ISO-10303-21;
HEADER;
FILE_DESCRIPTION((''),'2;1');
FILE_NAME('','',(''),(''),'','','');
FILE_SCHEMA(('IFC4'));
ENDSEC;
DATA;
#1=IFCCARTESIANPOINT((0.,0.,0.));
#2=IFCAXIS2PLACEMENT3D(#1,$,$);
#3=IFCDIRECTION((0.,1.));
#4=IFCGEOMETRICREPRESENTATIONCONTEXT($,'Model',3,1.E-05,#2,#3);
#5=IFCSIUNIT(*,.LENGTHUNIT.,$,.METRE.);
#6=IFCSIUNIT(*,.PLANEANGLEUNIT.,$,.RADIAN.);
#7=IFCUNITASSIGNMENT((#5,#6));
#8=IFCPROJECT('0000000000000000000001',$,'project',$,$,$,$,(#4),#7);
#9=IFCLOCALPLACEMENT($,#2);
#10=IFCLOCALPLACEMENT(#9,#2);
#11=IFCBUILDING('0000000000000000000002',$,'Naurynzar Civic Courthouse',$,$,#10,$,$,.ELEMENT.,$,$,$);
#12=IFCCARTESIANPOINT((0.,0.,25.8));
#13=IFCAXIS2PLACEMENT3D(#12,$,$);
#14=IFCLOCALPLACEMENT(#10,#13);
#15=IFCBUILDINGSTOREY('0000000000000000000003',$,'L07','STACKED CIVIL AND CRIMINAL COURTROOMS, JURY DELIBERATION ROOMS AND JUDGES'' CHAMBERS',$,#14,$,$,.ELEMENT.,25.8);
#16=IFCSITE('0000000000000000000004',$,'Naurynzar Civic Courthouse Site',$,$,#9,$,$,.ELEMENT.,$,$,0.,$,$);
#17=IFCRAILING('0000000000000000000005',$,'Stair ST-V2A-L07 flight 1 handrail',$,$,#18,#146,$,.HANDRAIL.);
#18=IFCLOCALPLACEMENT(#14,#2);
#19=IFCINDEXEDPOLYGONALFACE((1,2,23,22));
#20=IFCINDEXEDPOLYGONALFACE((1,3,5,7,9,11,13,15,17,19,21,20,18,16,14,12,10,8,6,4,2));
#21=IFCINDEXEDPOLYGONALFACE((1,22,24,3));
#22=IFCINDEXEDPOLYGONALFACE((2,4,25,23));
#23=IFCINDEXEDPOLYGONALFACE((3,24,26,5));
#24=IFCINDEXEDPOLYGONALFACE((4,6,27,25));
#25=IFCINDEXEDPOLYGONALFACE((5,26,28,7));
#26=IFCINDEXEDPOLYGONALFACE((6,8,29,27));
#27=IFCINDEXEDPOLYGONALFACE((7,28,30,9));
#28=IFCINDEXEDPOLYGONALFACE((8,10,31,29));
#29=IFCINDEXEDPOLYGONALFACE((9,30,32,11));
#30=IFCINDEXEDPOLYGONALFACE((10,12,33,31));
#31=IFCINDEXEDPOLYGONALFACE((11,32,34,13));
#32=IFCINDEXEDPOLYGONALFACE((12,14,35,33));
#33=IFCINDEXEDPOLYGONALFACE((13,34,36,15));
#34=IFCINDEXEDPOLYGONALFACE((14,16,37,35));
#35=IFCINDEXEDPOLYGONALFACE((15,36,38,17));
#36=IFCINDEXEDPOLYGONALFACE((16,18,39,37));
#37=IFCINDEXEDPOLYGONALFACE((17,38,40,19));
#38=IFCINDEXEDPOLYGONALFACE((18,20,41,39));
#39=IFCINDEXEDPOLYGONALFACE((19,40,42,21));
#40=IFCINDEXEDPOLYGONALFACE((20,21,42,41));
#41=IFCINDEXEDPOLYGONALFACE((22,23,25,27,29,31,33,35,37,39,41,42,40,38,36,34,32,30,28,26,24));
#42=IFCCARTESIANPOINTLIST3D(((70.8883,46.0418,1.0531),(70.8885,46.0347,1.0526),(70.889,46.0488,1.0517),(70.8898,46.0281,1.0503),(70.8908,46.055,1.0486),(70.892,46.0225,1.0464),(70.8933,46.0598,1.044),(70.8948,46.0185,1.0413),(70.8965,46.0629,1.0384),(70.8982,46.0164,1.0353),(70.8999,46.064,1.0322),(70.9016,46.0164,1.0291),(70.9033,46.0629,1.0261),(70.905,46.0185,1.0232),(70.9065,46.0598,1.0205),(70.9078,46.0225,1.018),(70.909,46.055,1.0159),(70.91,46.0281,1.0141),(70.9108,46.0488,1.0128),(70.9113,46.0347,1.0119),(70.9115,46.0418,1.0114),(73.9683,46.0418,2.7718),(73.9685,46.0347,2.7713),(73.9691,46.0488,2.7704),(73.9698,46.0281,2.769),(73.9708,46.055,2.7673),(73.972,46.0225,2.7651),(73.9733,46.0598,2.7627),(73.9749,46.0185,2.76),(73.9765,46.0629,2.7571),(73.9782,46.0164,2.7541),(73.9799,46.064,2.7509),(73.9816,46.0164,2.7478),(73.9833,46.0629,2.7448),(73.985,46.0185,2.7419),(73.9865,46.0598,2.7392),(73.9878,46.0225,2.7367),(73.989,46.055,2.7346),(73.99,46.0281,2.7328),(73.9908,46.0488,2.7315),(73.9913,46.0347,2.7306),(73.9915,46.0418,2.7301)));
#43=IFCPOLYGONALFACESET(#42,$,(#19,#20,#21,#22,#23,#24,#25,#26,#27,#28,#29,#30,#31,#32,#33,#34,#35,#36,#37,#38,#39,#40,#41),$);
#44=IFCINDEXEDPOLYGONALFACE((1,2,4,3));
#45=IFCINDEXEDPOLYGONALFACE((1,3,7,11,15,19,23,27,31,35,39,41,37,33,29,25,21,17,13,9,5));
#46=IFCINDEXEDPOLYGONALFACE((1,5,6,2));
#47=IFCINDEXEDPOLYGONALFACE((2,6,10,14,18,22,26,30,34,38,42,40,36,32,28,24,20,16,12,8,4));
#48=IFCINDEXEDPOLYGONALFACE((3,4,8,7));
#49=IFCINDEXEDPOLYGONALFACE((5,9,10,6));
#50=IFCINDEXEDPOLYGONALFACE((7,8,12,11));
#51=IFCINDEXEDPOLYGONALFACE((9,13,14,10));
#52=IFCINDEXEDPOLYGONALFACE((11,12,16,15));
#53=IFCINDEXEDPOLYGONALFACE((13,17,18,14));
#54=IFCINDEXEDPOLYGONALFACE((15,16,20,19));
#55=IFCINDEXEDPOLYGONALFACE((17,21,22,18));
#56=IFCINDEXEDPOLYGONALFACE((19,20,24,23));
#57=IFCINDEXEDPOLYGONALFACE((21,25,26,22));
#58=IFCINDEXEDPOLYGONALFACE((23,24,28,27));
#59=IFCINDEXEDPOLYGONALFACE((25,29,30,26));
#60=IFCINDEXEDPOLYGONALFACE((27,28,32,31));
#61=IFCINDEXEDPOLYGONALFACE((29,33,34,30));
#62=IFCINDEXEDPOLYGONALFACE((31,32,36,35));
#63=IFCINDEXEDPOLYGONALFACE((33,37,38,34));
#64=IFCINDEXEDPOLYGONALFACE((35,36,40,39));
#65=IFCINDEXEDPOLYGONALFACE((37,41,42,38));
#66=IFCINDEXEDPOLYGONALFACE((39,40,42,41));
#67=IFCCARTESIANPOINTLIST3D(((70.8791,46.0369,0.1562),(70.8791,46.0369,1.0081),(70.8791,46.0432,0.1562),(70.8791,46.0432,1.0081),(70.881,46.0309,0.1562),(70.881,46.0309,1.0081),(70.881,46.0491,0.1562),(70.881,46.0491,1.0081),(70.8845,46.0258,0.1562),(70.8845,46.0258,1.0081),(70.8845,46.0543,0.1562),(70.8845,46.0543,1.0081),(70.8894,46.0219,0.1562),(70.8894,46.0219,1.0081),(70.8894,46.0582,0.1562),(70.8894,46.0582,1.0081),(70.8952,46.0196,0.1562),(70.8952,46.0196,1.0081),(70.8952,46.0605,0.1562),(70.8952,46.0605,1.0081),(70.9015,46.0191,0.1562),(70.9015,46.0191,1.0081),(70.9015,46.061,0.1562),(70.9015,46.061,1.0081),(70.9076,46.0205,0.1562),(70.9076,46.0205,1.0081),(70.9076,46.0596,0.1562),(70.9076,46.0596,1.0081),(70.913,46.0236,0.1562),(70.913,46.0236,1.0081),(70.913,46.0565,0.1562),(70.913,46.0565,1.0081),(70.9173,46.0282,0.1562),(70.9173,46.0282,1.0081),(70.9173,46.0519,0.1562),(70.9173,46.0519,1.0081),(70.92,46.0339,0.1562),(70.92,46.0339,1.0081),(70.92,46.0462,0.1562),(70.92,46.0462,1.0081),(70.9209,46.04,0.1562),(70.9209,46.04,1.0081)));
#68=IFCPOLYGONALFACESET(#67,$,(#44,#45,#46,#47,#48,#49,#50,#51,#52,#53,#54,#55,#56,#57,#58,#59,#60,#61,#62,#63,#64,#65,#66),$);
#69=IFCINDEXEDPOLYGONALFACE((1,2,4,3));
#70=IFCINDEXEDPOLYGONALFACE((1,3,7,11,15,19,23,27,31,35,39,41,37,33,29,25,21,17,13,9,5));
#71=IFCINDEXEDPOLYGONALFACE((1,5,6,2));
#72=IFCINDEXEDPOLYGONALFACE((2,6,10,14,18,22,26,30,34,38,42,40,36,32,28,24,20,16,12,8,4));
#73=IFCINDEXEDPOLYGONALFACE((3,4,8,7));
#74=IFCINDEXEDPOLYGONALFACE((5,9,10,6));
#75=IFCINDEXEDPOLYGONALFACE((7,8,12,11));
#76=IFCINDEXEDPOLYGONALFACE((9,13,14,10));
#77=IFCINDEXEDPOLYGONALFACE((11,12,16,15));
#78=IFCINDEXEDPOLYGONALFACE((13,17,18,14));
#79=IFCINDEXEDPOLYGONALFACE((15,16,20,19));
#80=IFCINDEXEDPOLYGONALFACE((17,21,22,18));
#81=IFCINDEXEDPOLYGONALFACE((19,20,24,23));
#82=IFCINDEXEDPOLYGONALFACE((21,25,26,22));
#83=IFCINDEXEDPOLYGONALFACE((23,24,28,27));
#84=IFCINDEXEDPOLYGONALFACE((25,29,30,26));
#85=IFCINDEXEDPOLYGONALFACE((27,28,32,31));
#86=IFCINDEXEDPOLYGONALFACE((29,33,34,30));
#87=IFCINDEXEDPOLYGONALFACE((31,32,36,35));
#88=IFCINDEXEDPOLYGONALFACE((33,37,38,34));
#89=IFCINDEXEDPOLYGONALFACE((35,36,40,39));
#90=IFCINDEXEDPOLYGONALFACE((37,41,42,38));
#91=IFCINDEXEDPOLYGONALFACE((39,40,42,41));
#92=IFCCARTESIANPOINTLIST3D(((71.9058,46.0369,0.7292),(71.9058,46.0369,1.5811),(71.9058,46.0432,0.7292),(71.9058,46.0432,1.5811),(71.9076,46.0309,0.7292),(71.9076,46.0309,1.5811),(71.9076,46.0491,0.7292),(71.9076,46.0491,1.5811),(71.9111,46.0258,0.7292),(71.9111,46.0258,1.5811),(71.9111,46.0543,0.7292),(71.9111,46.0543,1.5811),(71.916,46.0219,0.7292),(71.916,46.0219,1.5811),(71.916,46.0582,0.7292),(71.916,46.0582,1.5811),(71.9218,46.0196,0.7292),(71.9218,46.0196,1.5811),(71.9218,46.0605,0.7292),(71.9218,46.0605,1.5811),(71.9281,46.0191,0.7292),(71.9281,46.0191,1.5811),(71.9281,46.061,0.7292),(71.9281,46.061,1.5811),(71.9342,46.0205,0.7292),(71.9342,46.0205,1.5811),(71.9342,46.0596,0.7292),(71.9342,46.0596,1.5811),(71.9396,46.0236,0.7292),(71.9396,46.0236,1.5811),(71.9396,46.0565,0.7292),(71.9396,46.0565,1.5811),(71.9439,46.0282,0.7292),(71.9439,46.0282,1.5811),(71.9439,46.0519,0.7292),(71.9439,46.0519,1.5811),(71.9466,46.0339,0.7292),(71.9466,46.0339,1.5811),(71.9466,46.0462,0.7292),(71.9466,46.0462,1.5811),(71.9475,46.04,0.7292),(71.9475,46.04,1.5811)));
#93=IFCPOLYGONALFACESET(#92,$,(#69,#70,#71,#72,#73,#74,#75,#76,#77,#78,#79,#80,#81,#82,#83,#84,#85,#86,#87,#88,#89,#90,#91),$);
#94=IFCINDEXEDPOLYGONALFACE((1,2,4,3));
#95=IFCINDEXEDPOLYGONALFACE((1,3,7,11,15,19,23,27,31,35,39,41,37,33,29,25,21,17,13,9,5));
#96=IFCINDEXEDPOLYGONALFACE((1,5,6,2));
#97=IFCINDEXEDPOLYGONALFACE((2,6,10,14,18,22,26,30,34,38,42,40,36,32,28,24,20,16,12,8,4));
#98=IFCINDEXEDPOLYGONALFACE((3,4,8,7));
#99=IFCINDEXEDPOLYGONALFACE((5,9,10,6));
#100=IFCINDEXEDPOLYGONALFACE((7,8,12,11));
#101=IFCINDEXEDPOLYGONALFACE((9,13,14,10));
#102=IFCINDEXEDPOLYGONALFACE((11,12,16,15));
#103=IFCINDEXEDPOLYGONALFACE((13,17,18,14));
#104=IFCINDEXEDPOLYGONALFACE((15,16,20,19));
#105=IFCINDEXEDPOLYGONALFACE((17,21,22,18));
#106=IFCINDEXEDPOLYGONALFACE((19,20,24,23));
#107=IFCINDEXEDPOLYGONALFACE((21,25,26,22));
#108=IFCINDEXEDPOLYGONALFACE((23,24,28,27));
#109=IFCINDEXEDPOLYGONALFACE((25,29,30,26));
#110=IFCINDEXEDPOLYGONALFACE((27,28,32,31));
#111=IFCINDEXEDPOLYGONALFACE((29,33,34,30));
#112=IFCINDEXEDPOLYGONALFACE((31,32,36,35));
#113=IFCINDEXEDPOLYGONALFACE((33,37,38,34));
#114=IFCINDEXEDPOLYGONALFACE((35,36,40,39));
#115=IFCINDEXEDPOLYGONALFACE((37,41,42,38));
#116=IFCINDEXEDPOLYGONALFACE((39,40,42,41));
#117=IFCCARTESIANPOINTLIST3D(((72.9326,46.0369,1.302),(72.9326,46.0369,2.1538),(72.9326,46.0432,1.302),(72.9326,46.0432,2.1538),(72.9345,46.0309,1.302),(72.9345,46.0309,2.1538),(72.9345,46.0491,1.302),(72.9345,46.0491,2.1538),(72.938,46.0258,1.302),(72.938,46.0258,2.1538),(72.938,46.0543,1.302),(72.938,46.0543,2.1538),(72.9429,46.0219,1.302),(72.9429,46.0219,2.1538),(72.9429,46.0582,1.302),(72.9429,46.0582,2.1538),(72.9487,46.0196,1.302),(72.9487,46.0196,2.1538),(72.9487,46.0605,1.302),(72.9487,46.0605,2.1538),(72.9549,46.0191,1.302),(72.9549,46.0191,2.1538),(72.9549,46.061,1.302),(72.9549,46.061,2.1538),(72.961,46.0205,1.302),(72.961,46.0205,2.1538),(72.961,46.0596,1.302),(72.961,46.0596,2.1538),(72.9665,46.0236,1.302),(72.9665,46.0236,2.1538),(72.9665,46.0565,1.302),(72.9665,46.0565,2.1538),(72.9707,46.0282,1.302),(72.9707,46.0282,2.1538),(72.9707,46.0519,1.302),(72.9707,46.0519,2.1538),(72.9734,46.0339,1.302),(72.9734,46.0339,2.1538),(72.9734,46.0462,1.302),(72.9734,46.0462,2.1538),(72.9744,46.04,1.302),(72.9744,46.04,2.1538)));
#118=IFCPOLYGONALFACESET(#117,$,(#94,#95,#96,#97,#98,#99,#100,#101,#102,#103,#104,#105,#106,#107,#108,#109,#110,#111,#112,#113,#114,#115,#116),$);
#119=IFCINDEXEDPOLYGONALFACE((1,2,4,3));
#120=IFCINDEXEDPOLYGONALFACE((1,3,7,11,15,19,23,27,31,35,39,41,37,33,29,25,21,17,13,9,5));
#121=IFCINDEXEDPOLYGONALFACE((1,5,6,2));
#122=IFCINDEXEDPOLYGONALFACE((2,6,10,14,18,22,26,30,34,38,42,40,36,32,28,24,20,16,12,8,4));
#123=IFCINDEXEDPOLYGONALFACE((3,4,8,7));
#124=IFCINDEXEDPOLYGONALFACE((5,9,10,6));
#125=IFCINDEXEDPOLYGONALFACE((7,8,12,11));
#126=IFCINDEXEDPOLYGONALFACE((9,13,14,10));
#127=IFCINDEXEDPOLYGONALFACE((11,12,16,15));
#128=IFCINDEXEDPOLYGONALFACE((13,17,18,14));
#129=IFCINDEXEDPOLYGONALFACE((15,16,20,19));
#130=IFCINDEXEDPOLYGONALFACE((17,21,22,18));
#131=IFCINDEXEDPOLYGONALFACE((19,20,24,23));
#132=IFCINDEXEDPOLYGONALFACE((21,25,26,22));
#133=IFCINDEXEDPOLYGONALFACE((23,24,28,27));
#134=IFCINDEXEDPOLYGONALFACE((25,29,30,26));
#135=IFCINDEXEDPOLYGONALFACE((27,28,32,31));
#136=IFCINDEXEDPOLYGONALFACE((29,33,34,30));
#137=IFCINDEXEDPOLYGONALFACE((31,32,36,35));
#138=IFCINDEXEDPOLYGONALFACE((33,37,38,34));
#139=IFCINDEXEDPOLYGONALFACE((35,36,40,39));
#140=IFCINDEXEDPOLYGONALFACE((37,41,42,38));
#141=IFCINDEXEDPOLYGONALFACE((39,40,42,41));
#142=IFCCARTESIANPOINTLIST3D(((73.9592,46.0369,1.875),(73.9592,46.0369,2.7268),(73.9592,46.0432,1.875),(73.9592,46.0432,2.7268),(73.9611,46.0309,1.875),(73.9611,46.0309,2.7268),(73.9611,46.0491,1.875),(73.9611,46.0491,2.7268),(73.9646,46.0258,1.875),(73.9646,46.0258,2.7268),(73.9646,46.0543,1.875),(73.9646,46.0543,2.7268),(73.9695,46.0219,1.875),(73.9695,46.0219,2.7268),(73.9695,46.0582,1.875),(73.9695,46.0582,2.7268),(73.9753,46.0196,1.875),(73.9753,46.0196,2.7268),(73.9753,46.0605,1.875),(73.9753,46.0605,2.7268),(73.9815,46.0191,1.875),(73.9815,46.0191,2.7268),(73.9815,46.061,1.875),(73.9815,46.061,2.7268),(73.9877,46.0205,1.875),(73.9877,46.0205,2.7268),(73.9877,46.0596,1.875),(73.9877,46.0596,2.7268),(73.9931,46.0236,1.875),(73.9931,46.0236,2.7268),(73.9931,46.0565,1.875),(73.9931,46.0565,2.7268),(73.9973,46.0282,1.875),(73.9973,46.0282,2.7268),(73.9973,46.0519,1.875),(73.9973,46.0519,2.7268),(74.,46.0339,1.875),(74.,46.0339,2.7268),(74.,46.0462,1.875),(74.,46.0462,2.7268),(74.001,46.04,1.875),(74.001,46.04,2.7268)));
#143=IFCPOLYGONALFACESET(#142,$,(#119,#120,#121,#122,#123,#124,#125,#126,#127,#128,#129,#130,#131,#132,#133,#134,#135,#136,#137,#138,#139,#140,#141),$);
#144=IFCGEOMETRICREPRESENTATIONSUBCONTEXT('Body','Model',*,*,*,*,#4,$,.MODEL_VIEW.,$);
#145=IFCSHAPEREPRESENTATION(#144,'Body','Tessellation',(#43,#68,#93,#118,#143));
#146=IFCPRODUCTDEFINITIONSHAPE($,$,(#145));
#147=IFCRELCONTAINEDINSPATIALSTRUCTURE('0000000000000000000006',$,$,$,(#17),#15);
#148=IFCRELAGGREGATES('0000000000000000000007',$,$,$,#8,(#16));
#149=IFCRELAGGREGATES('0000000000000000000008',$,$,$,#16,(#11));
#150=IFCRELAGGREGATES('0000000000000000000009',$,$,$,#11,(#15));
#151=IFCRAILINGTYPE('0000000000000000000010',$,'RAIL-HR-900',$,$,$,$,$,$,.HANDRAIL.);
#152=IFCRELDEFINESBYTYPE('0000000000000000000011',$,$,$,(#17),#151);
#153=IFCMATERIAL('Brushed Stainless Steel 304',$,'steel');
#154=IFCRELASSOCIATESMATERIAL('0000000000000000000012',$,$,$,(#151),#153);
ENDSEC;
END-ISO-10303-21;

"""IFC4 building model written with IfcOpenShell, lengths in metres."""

from ifc_helpers import new_model, si_unit, direction, frame, origin, origin_2d, place, context, subcontext, project, spatial, circle, extrude, material, type_object, element, save


model = new_model("IFC4")

# Units and contexts
model_context = context("Model", 3, precision=1e-05, world=origin(), true_north=direction((0.0, 1.0)))
body_context = subcontext(model_context, "Body", "Model", "MODEL_VIEW")
ifc_project = project(units=[si_unit("LENGTHUNIT", "METRE"), si_unit("PLANEANGLEUNIT", "RADIAN")], contexts=[model_context])

# Site, building, storey
site_placement = place(None, origin())
site = spatial("IfcSite", under=ifc_project, at=site_placement, Name="Naurynzar Civic Courthouse Site", CompositionType="ELEMENT", RefElevation=0.0)
building_placement = place(site_placement, origin())
building = spatial("IfcBuilding", under=site, at=building_placement, Name="Naurynzar Civic Courthouse", CompositionType="ELEMENT")
storey_placement = place(building_placement, frame((0.0, 0.0, 25.8)))
storey = spatial("IfcBuildingStorey", under=building, at=storey_placement, Name="L07", Description="STACKED CIVIL AND CRIMINAL COURTROOMS, JURY DELIBERATION ROOMS AND JUDGES' CHAMBERS", CompositionType="ELEMENT", Elevation=25.8)

# Railing
ifc_material_1 = material(Name="Brushed Stainless Steel 304", Category="steel")
railing_type_1 = type_object("IfcRailingType", Name="RAIL-HR-900", PredefinedType="HANDRAIL", material=ifc_material_1)
railing_1_placement = place(storey_placement, frame((70.8999, 46.04, 0.1562)))
element("IfcRailing", 1, at=railing_1_placement, inside=storey, type_object=railing_type_1, Name="Stair ST-V2A-L07 flight 1 handrail", PredefinedType="HANDRAIL", context=body_context, shape_type="SweptSolid", body=[
    extrude(circle(Radius=0.0239, at=origin_2d()), frame((0.0, 0.0, 0.876), z_axis=(0.873242, 0.0, 0.487288), x_axis=(0.0, 1.0, 0.0)), (0.0, 0.0, 1.0), 3.5271),
    extrude(circle(Radius=0.021, at=origin_2d()), origin(), (0.0, 0.0, 1.0), 0.8518),
    extrude(circle(Radius=0.021, at=origin_2d()), frame((1.0266, 0.0, 0.573)), (0.0, 0.0, 1.0), 0.8518),
    extrude(circle(Radius=0.021, at=origin_2d()), frame((2.0535, 0.0, 1.1458)), (0.0, 0.0, 1.0), 0.8518),
    extrude(circle(Radius=0.021, at=origin_2d()), frame((3.0801, 0.0, 1.7188)), (0.0, 0.0, 1.0), 0.8518),
])

save(model, "model.ifc")
